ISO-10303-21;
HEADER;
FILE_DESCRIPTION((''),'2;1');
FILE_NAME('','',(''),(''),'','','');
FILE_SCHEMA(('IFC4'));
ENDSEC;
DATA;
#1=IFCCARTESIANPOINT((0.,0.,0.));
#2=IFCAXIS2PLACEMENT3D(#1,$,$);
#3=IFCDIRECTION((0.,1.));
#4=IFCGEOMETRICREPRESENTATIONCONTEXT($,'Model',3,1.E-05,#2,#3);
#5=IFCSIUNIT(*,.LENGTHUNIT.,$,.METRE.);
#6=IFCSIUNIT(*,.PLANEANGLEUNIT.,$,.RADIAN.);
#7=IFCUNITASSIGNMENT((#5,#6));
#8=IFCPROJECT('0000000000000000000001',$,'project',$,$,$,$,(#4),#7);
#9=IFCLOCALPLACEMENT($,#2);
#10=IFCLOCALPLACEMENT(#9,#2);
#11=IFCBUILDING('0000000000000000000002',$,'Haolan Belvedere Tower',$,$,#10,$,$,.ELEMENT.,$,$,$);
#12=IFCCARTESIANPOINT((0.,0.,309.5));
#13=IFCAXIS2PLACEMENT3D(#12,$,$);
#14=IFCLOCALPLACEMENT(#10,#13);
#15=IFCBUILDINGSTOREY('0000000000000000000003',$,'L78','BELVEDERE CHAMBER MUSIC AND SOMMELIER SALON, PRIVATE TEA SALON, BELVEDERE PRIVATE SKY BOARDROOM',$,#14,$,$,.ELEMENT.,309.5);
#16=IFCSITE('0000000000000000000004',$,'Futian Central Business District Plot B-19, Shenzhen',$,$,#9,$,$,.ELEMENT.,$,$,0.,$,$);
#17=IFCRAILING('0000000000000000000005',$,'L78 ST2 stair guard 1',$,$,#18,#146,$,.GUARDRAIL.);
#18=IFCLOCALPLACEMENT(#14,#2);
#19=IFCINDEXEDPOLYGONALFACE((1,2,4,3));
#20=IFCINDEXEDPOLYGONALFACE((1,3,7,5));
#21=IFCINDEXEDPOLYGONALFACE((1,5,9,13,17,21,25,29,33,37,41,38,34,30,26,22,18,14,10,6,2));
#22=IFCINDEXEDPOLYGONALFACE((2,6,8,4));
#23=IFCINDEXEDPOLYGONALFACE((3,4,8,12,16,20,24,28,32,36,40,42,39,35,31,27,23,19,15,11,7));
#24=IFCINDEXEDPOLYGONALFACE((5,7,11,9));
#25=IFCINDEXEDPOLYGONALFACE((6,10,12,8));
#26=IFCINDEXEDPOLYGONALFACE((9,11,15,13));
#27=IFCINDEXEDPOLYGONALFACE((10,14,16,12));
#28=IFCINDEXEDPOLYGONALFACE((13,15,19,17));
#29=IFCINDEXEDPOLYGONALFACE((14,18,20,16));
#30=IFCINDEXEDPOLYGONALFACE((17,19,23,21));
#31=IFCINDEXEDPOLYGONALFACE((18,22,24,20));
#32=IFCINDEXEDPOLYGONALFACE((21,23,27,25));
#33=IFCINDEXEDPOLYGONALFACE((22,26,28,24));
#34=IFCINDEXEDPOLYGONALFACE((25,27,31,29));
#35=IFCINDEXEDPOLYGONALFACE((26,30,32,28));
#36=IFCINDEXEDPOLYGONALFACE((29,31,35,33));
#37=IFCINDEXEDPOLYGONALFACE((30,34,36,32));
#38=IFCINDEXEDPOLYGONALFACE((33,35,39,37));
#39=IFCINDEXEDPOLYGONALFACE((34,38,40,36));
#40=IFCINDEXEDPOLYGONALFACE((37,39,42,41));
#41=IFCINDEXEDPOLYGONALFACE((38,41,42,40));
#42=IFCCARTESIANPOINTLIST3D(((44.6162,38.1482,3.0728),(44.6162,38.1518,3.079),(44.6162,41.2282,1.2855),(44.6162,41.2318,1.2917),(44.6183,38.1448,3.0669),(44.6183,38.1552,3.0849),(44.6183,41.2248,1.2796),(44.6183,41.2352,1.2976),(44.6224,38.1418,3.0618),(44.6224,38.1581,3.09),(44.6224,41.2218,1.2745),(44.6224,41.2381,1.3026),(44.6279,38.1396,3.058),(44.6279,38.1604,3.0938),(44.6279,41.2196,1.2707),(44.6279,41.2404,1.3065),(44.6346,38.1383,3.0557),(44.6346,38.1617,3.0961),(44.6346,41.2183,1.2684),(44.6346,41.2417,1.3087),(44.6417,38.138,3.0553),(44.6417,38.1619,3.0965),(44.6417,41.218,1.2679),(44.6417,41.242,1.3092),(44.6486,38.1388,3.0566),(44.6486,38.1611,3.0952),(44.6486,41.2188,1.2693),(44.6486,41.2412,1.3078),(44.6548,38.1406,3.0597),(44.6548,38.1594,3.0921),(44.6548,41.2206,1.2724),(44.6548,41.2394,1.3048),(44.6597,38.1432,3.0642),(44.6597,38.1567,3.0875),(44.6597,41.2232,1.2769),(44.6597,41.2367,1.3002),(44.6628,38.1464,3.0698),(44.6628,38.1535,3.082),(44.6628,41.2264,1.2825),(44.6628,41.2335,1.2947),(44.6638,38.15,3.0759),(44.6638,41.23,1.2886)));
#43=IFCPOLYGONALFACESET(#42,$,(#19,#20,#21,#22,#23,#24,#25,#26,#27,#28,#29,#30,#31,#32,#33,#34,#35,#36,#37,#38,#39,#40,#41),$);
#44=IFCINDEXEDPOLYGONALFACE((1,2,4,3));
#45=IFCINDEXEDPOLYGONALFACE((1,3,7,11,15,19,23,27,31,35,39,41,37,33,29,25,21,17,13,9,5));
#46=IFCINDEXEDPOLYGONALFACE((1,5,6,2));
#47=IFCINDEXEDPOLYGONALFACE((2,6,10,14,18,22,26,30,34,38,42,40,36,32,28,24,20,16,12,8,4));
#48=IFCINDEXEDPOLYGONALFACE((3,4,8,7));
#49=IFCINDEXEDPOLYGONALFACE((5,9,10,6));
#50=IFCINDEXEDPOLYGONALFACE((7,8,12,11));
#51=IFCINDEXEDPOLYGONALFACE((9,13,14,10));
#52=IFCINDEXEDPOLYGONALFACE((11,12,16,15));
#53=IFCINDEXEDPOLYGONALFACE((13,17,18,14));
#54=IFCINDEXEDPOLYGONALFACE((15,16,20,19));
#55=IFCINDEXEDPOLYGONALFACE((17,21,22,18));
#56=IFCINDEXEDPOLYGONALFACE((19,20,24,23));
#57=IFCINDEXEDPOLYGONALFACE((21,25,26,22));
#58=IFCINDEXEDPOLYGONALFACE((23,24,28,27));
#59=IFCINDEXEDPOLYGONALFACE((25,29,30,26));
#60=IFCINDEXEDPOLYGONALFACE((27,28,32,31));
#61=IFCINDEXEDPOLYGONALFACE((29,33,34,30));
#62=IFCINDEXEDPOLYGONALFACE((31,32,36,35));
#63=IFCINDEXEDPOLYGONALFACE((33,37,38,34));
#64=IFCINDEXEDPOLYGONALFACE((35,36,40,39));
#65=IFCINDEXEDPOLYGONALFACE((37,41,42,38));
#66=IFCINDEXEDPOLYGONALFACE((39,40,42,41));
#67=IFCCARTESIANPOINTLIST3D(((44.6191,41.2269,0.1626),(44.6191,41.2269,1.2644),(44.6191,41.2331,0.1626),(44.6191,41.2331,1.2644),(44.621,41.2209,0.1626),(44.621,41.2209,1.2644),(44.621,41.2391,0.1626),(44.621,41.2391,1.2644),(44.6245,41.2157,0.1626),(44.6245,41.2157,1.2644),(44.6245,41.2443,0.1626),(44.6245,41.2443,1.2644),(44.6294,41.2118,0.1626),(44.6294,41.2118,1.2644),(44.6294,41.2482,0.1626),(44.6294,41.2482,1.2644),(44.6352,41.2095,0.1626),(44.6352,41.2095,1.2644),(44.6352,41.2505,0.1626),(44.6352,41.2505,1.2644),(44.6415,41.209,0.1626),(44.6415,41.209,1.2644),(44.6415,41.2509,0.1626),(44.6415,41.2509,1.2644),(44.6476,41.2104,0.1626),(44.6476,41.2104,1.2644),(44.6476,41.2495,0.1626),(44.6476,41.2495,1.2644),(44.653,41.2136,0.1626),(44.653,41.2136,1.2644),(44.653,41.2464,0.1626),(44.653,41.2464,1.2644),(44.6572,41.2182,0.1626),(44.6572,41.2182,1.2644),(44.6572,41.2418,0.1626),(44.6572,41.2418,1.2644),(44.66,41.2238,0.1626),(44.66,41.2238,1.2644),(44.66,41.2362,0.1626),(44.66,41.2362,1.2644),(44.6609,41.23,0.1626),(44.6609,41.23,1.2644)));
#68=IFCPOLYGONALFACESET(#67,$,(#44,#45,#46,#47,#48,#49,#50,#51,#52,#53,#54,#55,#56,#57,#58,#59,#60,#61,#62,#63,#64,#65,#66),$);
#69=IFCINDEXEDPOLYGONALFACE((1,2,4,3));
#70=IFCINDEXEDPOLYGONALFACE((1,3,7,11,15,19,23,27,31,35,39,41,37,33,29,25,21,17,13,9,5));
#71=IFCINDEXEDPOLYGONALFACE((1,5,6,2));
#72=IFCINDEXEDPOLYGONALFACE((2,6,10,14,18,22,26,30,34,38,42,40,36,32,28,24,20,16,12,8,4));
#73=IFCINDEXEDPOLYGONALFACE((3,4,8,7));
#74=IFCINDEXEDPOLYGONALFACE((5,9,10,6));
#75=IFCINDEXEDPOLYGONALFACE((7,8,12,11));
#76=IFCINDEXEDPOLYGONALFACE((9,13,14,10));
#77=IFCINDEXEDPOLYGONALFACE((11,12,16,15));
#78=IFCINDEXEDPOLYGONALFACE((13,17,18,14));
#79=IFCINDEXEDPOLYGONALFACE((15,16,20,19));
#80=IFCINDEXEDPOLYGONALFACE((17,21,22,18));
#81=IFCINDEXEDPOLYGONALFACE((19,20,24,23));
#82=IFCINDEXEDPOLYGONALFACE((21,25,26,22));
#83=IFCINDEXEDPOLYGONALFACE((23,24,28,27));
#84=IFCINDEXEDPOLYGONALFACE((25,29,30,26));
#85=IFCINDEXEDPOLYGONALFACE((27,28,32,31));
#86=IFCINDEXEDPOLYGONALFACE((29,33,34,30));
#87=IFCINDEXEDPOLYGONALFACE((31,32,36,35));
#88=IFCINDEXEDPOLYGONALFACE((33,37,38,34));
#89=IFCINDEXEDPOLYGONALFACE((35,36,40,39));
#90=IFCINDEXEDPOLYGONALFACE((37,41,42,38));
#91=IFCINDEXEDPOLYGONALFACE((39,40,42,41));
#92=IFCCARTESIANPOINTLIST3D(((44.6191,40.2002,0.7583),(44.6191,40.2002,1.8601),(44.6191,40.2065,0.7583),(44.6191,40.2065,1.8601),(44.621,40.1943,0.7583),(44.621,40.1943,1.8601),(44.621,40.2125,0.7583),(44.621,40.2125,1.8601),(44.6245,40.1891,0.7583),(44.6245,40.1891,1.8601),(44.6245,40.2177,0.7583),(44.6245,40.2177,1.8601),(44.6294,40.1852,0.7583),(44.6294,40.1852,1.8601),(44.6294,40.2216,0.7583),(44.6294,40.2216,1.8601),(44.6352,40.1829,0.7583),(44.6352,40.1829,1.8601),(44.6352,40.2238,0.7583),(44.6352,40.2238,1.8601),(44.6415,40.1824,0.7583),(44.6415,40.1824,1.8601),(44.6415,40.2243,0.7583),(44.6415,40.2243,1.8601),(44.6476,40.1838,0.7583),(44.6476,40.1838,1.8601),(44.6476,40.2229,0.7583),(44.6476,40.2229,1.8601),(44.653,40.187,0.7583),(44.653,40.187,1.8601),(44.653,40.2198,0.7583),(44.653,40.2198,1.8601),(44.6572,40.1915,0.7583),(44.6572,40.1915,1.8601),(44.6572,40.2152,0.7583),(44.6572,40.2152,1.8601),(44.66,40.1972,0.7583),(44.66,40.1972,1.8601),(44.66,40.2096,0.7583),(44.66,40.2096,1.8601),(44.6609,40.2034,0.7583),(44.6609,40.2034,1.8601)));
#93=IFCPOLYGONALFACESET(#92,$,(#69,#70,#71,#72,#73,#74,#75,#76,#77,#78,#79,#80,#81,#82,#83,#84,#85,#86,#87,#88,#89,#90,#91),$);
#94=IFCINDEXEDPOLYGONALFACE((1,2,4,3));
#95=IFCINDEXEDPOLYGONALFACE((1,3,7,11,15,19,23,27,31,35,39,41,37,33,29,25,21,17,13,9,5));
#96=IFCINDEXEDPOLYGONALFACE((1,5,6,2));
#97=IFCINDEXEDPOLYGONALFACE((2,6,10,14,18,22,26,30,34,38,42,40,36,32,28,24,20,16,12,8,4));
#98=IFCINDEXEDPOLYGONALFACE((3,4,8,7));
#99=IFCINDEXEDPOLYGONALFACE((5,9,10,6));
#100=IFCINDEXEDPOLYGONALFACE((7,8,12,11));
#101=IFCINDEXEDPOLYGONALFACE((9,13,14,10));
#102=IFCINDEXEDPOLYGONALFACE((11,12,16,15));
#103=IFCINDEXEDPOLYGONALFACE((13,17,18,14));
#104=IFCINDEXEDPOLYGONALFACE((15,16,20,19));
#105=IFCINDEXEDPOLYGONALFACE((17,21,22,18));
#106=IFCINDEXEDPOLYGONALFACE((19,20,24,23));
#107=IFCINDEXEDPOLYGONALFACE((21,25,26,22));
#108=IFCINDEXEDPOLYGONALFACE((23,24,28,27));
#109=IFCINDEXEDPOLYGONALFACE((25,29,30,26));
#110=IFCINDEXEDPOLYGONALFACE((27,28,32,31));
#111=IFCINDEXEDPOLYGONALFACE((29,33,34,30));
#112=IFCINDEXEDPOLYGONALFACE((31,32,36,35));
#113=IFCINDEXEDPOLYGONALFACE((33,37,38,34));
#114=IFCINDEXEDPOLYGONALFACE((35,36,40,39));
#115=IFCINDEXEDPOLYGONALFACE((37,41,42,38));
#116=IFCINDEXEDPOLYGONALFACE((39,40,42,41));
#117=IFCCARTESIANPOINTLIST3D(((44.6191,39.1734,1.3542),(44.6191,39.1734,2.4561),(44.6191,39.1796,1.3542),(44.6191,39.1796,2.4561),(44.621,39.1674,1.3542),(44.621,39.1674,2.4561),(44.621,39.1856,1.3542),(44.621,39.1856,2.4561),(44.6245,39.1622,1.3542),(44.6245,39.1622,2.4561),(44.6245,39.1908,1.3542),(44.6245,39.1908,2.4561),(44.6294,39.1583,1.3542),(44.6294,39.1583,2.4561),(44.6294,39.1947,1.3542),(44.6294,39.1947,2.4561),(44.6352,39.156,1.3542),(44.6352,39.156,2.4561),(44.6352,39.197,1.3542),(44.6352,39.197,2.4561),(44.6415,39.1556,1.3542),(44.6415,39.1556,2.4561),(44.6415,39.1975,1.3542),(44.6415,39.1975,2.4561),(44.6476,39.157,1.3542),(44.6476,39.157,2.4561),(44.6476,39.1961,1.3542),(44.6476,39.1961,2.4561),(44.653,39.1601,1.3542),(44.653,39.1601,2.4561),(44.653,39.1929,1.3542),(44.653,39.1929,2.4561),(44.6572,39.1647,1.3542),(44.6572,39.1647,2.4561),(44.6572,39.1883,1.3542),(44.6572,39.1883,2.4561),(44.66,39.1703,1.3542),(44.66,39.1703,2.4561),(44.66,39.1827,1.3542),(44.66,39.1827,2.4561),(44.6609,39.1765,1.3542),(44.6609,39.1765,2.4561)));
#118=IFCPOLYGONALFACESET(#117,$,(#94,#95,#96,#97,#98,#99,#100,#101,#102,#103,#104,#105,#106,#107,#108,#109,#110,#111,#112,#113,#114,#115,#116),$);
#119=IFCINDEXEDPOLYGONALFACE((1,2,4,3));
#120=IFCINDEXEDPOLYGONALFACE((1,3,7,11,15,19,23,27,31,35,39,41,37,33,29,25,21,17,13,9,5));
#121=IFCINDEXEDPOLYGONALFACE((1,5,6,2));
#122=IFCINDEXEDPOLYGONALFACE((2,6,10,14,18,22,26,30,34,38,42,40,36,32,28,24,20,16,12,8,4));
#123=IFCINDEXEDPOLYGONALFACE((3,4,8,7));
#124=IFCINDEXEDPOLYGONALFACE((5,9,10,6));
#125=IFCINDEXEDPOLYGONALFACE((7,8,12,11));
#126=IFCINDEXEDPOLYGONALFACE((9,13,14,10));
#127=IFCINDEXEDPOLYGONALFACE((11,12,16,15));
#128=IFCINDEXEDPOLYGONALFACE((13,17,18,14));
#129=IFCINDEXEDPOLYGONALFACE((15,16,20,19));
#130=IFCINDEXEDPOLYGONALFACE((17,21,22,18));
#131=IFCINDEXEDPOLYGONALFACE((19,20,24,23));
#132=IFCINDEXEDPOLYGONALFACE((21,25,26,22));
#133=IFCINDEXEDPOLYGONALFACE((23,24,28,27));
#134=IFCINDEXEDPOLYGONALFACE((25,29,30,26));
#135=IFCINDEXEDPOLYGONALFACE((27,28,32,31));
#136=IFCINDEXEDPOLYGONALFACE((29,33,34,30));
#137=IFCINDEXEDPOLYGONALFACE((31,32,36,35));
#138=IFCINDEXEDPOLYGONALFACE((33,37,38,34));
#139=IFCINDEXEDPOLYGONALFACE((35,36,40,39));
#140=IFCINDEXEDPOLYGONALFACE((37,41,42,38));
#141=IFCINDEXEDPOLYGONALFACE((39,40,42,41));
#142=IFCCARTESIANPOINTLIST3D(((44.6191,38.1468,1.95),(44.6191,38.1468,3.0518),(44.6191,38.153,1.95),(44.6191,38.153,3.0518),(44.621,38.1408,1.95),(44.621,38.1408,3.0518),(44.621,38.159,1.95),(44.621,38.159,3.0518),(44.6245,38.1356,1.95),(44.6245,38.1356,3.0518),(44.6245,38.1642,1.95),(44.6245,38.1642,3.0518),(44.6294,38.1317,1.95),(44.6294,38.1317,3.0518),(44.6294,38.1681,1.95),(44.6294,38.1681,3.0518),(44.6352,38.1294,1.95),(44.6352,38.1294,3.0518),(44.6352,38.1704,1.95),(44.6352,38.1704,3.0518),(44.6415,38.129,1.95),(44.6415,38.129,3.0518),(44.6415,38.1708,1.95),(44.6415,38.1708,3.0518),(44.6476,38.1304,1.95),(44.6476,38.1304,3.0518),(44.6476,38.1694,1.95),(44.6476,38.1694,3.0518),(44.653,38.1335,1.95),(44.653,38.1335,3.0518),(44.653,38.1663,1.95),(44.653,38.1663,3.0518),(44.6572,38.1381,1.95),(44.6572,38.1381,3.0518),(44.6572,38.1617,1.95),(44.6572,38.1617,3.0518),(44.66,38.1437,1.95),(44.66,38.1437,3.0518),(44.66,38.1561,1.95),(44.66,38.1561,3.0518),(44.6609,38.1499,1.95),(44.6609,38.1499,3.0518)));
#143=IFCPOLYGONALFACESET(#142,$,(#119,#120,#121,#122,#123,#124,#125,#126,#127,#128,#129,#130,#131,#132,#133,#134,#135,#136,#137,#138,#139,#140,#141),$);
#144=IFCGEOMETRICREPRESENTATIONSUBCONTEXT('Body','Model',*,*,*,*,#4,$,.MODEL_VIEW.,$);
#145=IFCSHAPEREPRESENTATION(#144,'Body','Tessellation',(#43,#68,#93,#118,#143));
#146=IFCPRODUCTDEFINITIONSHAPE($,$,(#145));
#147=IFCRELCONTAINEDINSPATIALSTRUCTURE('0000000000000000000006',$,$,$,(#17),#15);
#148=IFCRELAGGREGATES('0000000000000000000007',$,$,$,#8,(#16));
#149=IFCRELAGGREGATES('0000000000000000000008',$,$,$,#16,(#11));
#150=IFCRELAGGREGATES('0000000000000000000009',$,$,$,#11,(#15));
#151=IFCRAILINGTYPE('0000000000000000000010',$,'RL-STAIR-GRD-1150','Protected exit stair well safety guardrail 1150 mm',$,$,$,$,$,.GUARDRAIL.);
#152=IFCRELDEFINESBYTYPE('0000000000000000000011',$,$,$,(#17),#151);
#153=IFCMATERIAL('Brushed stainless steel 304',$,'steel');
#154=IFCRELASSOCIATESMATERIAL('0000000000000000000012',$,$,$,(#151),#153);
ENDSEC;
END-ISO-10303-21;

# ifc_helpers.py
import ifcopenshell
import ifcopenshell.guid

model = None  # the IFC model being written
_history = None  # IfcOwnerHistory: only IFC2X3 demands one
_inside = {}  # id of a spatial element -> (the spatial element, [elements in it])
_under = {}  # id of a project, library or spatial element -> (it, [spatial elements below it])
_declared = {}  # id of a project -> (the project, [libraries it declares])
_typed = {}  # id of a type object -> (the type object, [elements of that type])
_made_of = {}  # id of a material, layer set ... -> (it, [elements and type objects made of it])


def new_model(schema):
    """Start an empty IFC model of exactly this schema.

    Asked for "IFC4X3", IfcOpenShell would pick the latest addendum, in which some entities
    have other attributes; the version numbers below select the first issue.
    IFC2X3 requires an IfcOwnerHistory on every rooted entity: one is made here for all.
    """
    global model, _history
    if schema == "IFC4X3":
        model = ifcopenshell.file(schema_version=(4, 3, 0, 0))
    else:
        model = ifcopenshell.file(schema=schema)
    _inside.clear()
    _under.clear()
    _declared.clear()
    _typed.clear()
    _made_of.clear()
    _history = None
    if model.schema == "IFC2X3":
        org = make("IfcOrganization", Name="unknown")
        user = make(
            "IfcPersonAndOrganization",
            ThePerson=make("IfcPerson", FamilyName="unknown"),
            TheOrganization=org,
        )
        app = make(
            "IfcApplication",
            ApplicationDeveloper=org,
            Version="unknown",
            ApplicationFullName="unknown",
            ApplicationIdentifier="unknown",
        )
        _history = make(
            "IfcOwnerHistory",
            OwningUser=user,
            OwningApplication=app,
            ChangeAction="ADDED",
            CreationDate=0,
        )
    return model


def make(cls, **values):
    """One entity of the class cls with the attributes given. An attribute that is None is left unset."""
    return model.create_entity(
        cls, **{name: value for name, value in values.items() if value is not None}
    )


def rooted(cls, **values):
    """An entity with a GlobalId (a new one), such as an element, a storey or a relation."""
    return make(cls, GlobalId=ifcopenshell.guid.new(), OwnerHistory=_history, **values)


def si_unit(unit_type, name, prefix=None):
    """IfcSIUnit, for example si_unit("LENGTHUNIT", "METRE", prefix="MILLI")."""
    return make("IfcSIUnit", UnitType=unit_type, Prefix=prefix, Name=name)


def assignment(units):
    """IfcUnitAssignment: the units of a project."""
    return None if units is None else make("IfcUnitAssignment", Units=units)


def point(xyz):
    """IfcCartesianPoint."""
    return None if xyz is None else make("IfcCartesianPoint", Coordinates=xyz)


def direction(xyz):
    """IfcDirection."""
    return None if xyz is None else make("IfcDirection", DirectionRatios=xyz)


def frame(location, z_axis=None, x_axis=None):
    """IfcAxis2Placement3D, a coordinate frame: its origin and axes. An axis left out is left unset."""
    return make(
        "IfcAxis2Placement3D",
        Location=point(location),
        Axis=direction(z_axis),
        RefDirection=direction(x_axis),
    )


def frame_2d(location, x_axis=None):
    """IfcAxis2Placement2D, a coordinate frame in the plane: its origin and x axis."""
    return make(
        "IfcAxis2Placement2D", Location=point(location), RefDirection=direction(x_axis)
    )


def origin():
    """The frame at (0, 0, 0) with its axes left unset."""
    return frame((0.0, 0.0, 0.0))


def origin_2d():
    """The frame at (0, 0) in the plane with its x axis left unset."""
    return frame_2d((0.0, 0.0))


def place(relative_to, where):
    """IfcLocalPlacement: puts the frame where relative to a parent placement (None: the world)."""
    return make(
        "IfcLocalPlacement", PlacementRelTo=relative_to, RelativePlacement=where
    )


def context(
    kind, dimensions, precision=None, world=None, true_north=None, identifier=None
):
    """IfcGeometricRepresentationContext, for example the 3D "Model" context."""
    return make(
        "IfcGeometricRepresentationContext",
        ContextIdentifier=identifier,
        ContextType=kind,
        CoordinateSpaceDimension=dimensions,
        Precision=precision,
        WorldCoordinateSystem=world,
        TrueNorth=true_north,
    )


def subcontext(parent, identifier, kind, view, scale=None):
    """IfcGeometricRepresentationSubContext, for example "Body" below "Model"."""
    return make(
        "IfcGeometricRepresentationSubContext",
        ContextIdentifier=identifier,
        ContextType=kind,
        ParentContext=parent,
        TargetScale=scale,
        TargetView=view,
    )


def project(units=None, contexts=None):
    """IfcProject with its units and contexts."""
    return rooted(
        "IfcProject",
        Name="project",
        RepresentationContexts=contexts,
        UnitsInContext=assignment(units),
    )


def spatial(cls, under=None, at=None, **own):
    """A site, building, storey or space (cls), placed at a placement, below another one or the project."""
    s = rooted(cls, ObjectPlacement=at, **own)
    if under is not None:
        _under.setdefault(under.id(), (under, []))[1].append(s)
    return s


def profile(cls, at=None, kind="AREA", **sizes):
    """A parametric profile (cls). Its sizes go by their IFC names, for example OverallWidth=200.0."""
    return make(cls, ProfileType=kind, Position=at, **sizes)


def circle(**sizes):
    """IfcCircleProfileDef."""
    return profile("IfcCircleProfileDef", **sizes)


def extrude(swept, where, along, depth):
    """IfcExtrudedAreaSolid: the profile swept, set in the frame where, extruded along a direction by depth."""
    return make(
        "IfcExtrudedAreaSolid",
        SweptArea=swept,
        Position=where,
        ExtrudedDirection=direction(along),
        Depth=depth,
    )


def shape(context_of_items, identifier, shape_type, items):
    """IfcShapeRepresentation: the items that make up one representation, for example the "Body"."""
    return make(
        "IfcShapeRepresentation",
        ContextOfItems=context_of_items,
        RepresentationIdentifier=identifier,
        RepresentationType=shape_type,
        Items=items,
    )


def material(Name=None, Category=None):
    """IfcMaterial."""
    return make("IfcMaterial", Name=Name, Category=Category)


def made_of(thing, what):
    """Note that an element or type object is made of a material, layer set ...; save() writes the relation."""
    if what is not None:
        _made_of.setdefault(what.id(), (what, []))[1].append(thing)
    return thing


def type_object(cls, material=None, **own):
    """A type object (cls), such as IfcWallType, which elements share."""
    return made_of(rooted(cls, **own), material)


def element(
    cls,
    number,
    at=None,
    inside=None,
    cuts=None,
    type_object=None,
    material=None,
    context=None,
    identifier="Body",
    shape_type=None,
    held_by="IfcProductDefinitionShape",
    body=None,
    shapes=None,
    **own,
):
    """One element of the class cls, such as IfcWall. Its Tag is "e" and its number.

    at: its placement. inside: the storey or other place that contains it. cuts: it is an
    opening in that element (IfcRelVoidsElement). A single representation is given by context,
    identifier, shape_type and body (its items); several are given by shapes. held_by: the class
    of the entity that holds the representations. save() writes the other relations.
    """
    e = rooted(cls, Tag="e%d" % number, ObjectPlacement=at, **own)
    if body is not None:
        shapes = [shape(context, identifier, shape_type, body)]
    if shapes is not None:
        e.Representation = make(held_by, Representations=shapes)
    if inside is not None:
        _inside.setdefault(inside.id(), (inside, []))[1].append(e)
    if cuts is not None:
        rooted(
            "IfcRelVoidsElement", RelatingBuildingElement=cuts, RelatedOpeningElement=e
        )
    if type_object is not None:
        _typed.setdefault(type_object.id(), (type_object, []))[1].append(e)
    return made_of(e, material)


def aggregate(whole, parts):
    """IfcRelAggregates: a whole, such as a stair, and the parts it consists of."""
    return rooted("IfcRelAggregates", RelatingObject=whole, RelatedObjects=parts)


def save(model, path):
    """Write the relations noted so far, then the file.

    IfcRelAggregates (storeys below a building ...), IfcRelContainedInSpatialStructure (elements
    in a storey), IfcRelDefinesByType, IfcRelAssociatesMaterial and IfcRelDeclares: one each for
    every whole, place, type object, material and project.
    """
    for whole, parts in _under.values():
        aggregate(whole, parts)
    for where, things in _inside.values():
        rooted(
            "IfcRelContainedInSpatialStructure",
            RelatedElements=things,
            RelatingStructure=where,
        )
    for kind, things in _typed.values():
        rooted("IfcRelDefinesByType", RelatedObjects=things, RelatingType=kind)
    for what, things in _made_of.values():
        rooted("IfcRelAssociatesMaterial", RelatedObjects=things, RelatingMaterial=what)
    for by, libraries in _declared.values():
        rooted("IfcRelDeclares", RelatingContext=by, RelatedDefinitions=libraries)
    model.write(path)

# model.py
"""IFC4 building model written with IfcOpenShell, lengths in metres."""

from ifc_helpers import new_model, si_unit, direction, frame, origin, origin_2d, place, context, subcontext, project, spatial, circle, extrude, material, type_object, element, save


model = new_model("IFC4")

# Units and contexts
model_context = context("Model", 3, precision=1e-05, world=origin(), true_north=direction((0.0, 1.0)))
body_context = subcontext(model_context, "Body", "Model", "MODEL_VIEW")
ifc_project = project(units=[si_unit("LENGTHUNIT", "METRE"), si_unit("PLANEANGLEUNIT", "RADIAN")], contexts=[model_context])

# Site, building, storey
site_placement = place(None, origin())
site = spatial("IfcSite", under=ifc_project, at=site_placement, Name="Futian Central Business District Plot B-19, Shenzhen", CompositionType="ELEMENT", RefElevation=0.0)
building_placement = place(site_placement, origin())
building = spatial("IfcBuilding", under=site, at=building_placement, Name="Haolan Belvedere Tower", CompositionType="ELEMENT")
storey_placement = place(building_placement, frame((0.0, 0.0, 309.5)))
storey = spatial("IfcBuildingStorey", under=building, at=storey_placement, Name="L78", Description="BELVEDERE CHAMBER MUSIC AND SOMMELIER SALON, PRIVATE TEA SALON, BELVEDERE PRIVATE SKY BOARDROOM", CompositionType="ELEMENT", Elevation=309.5)

# Railing
ifc_material_1 = material(Name="Brushed stainless steel 304", Category="steel")
railing_type_1 = type_object("IfcRailingType", Name="RL-STAIR-GRD-1150", Description="Protected exit stair well safety guardrail 1150 mm", PredefinedType="GUARDRAIL", material=ifc_material_1)
railing_1_placement = place(storey_placement, frame((44.6399, 41.23, 0.1626)))
element("IfcRailing", 1, at=railing_1_placement, inside=storey, type_object=railing_type_1, Name="L78 ST2 stair guard 1", PredefinedType="GUARDRAIL", context=body_context, shape_type="SweptSolid", body=[
    extrude(circle(Radius=0.0239, at=origin_2d()), frame((0.0, 0.0, 1.126), z_axis=(0.0, -0.86492, 0.501909), x_axis=(1.0, 0.0, 0.0)), (0.0, 0.0, 1.0), 3.561),
    extrude(circle(Radius=0.021, at=origin_2d()), origin(), (0.0, 0.0, 1.0), 1.1018),
    extrude(circle(Radius=0.021, at=origin_2d()), frame((0.0, -1.0266, 0.5957)), (0.0, 0.0, 1.0), 1.1018),
    extrude(circle(Radius=0.021, at=origin_2d()), frame((0.0, -2.0535, 1.1917)), (0.0, 0.0, 1.0), 1.1018),
    extrude(circle(Radius=0.021, at=origin_2d()), frame((0.0, -3.0801, 1.7874)), (0.0, 0.0, 1.0), 1.1018),
])

save(model, "model.ifc")
